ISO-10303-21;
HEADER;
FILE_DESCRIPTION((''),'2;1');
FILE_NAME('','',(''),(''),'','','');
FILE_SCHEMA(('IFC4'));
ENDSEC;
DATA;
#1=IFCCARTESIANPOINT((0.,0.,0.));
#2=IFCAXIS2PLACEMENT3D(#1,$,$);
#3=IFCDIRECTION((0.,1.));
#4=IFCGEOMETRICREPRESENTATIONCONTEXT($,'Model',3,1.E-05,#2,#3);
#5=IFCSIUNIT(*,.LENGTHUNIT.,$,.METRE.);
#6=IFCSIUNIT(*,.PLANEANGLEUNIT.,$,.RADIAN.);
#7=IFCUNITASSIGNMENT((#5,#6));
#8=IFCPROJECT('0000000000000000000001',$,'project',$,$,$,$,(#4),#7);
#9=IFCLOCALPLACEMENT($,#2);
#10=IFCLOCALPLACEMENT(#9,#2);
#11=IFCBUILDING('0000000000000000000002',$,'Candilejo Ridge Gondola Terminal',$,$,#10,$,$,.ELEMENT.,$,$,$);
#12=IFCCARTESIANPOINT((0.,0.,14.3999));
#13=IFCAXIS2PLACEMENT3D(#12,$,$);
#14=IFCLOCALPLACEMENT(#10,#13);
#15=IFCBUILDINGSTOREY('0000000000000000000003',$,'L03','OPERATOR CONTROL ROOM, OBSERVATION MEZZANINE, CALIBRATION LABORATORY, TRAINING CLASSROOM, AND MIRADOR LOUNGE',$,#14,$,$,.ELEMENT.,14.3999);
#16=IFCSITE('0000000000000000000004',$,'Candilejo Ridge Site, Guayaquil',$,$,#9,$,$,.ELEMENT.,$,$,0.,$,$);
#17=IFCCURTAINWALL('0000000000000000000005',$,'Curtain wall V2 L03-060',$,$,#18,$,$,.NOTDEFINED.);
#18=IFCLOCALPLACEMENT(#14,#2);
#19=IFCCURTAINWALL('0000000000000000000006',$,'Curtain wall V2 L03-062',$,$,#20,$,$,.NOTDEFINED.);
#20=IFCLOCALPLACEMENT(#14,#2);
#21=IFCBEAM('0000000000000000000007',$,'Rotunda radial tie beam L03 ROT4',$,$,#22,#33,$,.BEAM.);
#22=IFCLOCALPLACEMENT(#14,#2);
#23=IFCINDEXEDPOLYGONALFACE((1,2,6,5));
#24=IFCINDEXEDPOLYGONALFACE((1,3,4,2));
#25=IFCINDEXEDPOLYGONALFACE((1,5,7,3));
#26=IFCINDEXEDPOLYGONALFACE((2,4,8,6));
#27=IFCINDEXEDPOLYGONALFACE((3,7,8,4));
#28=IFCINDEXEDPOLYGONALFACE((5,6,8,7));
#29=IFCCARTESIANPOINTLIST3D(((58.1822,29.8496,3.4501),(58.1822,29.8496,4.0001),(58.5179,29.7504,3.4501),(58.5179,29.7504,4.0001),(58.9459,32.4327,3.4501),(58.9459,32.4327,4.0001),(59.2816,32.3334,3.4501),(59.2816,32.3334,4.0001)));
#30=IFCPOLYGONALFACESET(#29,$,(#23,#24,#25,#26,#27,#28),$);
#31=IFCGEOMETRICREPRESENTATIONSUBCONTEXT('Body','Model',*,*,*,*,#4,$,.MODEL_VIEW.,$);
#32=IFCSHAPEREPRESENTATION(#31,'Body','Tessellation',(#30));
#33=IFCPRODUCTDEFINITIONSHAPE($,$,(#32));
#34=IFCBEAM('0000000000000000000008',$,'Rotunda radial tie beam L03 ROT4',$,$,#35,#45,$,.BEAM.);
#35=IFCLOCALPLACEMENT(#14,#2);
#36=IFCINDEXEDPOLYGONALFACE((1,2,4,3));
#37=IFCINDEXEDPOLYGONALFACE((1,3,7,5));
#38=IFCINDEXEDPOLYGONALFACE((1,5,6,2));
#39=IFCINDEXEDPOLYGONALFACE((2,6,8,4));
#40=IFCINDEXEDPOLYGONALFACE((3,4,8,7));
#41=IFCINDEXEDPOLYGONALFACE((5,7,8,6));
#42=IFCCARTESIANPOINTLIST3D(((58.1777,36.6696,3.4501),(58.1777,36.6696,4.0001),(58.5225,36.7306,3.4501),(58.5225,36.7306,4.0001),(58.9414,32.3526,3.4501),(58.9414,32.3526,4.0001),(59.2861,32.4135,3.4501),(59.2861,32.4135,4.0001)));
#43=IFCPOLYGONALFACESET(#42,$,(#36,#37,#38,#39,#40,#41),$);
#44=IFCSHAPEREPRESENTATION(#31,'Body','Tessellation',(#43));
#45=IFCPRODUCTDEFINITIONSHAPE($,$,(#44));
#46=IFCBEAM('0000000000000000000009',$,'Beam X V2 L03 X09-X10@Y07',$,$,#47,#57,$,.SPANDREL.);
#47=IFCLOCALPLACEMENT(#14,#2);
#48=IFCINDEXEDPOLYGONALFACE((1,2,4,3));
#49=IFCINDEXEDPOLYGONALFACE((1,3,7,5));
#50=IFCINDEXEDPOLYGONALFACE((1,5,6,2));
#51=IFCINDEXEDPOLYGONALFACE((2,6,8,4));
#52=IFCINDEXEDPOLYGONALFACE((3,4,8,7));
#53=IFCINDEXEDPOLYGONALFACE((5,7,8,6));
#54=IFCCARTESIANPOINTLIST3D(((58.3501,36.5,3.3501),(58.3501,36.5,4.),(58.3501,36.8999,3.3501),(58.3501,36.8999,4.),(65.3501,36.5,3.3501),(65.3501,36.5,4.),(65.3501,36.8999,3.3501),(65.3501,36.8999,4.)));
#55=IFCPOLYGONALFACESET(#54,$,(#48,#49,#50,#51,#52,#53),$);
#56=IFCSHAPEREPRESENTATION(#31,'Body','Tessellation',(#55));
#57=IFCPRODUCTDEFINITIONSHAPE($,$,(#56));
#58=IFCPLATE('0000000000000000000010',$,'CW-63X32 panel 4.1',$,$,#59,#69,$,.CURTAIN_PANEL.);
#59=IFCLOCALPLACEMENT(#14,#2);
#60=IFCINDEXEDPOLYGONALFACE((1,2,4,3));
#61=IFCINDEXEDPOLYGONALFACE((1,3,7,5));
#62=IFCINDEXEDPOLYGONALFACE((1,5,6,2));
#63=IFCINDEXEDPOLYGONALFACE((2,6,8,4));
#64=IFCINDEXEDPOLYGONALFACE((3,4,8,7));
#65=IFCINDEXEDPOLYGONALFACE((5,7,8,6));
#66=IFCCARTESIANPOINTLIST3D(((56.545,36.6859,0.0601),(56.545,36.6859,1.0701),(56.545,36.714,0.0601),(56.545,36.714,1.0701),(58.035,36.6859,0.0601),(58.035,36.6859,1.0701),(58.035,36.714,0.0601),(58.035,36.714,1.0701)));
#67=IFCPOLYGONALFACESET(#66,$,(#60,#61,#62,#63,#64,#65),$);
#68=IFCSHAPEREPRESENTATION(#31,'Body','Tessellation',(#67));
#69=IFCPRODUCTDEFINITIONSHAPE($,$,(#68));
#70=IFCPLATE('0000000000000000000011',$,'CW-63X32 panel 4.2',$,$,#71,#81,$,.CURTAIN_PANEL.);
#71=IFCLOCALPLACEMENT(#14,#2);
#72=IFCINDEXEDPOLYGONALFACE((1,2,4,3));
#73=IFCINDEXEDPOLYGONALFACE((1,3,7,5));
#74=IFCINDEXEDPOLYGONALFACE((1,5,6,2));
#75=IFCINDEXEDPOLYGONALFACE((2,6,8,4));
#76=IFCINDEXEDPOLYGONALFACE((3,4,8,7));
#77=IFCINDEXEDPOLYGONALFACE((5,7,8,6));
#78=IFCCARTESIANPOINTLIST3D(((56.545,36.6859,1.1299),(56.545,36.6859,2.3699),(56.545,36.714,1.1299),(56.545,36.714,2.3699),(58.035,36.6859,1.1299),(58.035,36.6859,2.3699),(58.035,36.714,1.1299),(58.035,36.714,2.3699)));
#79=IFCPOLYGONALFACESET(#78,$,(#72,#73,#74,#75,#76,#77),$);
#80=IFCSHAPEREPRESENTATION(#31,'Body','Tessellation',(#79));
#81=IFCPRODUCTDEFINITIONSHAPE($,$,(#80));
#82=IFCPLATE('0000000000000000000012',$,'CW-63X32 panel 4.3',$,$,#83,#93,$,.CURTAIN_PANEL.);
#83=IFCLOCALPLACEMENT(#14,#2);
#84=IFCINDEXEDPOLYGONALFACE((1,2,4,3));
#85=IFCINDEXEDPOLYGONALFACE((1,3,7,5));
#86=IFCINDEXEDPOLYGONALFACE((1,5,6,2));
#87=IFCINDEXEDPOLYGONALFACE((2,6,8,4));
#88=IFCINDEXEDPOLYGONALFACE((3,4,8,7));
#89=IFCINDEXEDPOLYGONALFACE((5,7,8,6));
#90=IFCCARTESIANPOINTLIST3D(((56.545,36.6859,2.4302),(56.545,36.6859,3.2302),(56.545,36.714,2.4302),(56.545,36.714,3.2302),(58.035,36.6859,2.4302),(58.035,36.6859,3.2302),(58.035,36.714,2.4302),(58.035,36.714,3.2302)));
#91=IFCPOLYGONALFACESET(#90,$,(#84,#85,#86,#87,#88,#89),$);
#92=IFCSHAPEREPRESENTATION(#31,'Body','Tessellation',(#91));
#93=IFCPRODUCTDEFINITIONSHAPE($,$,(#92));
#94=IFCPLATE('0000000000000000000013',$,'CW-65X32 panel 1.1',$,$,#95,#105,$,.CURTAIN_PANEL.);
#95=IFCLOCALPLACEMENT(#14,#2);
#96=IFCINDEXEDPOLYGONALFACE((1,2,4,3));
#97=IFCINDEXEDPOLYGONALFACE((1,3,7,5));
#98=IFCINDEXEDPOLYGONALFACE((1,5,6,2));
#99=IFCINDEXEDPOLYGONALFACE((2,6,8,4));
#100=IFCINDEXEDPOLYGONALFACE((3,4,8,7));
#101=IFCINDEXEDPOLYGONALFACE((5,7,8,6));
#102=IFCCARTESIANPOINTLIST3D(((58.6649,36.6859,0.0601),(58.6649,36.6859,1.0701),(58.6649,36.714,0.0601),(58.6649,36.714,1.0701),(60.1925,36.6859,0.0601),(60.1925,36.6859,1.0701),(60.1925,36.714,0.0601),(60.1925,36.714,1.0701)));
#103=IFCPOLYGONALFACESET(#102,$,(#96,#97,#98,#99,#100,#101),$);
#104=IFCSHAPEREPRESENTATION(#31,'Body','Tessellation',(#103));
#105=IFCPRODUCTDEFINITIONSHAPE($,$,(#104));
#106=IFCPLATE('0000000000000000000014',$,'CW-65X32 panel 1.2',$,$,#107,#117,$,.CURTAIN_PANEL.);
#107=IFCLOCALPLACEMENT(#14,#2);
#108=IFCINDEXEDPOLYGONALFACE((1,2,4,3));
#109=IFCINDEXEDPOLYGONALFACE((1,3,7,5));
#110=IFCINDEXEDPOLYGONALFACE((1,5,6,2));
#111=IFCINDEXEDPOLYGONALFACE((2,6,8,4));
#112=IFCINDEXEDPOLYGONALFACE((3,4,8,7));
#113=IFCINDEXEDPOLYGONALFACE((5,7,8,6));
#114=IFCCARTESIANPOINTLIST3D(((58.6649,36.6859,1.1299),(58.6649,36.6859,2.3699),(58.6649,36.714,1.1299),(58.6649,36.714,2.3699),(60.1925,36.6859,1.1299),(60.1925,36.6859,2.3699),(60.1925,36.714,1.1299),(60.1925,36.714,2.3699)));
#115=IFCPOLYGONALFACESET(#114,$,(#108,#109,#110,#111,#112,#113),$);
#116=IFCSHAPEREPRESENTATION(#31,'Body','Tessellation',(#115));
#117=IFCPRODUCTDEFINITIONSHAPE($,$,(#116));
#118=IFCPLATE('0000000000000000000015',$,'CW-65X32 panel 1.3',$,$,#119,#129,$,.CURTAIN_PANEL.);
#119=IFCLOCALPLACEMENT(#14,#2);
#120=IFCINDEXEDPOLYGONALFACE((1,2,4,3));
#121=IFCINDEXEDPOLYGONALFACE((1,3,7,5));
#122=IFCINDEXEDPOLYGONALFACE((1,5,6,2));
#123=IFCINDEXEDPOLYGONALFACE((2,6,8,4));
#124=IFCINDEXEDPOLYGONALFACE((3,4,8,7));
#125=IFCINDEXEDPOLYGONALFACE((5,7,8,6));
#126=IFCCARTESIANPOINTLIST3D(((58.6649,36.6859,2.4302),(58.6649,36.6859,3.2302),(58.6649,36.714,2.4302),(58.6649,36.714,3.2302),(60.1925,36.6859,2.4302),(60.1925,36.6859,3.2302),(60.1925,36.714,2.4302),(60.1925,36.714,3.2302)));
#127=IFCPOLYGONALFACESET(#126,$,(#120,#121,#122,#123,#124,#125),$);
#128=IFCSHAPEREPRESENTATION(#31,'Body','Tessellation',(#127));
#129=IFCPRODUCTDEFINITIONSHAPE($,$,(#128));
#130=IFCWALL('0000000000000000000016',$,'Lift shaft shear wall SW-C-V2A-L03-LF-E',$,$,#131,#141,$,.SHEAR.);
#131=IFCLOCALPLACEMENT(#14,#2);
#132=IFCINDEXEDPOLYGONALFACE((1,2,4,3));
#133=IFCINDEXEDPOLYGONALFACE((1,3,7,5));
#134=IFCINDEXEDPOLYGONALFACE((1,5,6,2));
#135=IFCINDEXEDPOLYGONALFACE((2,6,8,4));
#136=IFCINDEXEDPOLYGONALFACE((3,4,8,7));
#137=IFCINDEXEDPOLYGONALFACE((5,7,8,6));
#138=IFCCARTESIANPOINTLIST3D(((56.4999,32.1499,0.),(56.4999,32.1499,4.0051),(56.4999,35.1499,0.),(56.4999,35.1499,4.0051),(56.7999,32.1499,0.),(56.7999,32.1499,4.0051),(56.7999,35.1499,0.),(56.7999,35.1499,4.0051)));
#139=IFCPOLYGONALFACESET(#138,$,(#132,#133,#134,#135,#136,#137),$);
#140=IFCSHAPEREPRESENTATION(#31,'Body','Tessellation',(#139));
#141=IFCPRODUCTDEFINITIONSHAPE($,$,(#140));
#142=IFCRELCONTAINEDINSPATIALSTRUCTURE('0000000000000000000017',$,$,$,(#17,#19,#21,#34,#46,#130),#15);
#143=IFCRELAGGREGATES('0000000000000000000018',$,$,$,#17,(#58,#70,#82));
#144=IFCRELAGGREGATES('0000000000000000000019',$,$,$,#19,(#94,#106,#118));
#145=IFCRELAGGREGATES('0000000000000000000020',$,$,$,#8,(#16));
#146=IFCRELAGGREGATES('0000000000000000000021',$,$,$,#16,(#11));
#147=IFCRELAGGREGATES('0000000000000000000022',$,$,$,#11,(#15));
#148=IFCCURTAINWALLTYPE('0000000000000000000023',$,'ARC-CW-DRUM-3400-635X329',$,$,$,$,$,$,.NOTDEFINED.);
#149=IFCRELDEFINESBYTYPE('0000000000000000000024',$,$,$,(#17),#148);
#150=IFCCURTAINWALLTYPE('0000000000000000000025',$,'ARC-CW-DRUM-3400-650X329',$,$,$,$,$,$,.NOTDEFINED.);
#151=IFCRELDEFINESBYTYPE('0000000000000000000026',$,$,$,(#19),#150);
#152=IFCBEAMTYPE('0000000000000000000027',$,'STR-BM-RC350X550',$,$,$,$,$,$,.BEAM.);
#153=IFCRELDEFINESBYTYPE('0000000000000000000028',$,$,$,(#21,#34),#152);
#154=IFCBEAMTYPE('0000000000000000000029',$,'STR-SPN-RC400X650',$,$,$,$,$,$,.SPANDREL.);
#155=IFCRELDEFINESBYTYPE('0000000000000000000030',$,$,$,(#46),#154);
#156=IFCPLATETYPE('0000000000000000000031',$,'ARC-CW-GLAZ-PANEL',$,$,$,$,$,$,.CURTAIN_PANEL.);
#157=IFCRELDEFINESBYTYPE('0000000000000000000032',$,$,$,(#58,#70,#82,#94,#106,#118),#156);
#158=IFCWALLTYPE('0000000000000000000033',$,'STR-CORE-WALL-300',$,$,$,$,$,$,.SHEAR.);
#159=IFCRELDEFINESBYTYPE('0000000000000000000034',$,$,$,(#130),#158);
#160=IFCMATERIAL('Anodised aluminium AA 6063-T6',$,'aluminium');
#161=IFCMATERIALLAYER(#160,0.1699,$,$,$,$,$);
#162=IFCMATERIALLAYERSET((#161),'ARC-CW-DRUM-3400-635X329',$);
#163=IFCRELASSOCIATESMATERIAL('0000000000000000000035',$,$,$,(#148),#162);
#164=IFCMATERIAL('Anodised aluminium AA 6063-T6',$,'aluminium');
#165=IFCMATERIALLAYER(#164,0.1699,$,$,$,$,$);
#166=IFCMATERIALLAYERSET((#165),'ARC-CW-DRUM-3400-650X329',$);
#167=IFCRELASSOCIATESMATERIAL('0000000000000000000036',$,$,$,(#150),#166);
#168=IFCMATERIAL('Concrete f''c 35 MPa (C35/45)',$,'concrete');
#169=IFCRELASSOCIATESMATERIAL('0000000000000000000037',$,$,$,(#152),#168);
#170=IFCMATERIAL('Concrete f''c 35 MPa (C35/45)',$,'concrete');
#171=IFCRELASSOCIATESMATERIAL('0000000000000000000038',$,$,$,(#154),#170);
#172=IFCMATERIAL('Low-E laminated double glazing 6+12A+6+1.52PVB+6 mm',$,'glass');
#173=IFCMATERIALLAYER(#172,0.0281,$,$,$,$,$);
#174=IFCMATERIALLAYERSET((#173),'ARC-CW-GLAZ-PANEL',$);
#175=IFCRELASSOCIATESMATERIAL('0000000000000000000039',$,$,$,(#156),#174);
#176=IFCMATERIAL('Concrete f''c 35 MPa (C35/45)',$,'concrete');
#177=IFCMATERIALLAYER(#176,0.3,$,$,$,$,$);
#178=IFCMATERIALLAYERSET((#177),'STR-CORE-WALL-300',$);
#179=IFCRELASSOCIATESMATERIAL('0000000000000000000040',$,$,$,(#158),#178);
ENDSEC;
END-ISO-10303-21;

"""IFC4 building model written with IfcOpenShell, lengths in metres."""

from ifc_helpers import new_model, si_unit, direction, frame, frame_2d, origin, origin_2d, place, context, subcontext, project, spatial, rectangle, extrude, material, layer, layer_set, material_profile, profile_set, type_object, element, aggregate, save


model = new_model("IFC4")

# Units and contexts
model_context = context("Model", 3, precision=1e-05, world=origin(), true_north=direction((0.0, 1.0)))
body_context = subcontext(model_context, "Body", "Model", "MODEL_VIEW")
ifc_project = project(units=[si_unit("LENGTHUNIT", "METRE"), si_unit("PLANEANGLEUNIT", "RADIAN")], contexts=[model_context])

# Site, building, storey
site_placement = place(None, origin())
site = spatial("IfcSite", under=ifc_project, at=site_placement, Name="Candilejo Ridge Site, Guayaquil", CompositionType="ELEMENT", RefElevation=0.0)
building_placement = place(site_placement, origin())
building = spatial("IfcBuilding", under=site, at=building_placement, Name="Candilejo Ridge Gondola Terminal", CompositionType="ELEMENT")
storey_placement = place(building_placement, frame((0.0, 0.0, 14.3999)))
storey = spatial("IfcBuildingStorey", under=building, at=storey_placement, Name="L03", Description="OPERATOR CONTROL ROOM, OBSERVATION MEZZANINE, CALIBRATION LABORATORY, TRAINING CLASSROOM, AND MIRADOR LOUNGE", CompositionType="ELEMENT", Elevation=14.3999)

# Curtain wall
ifc_material_1 = material(Name="Anodised aluminium AA 6063-T6", Category="aluminium")
ifc_layer_1 = layer(ifc_material_1, 0.1699)
ifc_layer_set_1 = layer_set([ifc_layer_1], Name="ARC-CW-DRUM-3400-635X329")
curtain_wall_type_1 = type_object("IfcCurtainWallType", Name="ARC-CW-DRUM-3400-635X329", PredefinedType="NOTDEFINED", material=ifc_layer_set_1)
curtain_wall_1_placement = place(storey_placement, origin())
curtain_wall_1 = element("IfcCurtainWall", 1, at=curtain_wall_1_placement, inside=storey, type_object=curtain_wall_type_1, Name="Curtain wall V2 L03-060", PredefinedType="NOTDEFINED")

# Curtain wall
ifc_material_2 = material(Name="Anodised aluminium AA 6063-T6", Category="aluminium")
ifc_layer_2 = layer(ifc_material_2, 0.1699)
ifc_layer_set_2 = layer_set([ifc_layer_2], Name="ARC-CW-DRUM-3400-650X329")
curtain_wall_type_2 = type_object("IfcCurtainWallType", Name="ARC-CW-DRUM-3400-650X329", PredefinedType="NOTDEFINED", material=ifc_layer_set_2)
curtain_wall_2_placement = place(storey_placement, origin())
curtain_wall_2 = element("IfcCurtainWall", 2, at=curtain_wall_2_placement, inside=storey, type_object=curtain_wall_type_2, Name="Curtain wall V2 L03-062", PredefinedType="NOTDEFINED")

# Beams
ifc_material_3 = material(Name="Concrete f'c 35 MPa (C35/45)", Category="concrete")
ifc_material_profile_1 = material_profile(ifc_material_3, rectangle(XDim=0.3501, YDim=0.55, at=origin_2d()))
ifc_profile_set_1 = profile_set([ifc_material_profile_1], Name="Concrete f'c 35 MPa (C35/45)")
beam_type_1 = type_object("IfcBeamType", Name="STR-BM-RC350X550", PredefinedType="BEAM", material=ifc_profile_set_1)
beam_1_placement = place(storey_placement, frame((59.1138, 32.3831, 3.7251), z_axis=(-0.28352, -0.958966, 0.0), x_axis=(0.958966, -0.28352, 0.0)))
element("IfcBeam", 3, at=beam_1_placement, inside=storey, type_object=beam_type_1, Name="Rotunda radial tie beam L03 ROT4", PredefinedType="BEAM", context=body_context, shape_type="SweptSolid", body=[
    extrude(rectangle(XDim=0.3501, YDim=0.55, at=origin_2d()), origin(), (0.0, 0.0, 1.0), 2.6936),
])
beam_2_placement = place(storey_placement, frame((59.1138, 32.3831, 3.7251), z_axis=(-0.174198, 0.984711, 0.0), x_axis=(-0.984711, -0.174198, 0.0)))
element("IfcBeam", 4, at=beam_2_placement, inside=storey, type_object=beam_type_1, Name="Rotunda radial tie beam L03 ROT4", PredefinedType="BEAM", context=body_context, shape_type="SweptSolid", body=[
    extrude(rectangle(XDim=0.3501, YDim=0.55, at=origin_2d()), origin(), (0.0, 0.0, 1.0), 4.384),
])
ifc_material_4 = material(Name="Concrete f'c 35 MPa (C35/45)", Category="concrete")
ifc_material_profile_2 = material_profile(ifc_material_4, rectangle(XDim=0.3999, YDim=0.6499, at=origin_2d()))
ifc_profile_set_2 = profile_set([ifc_material_profile_2], Name="Concrete f'c 35 MPa (C35/45)")
beam_type_2 = type_object("IfcBeamType", Name="STR-SPN-RC400X650", PredefinedType="SPANDREL", material=ifc_profile_set_2)
beam_3_placement = place(storey_placement, frame((58.3501, 36.7, 3.675), z_axis=(1.0, 0.0, 0.0), x_axis=(0.0, 1.0, 0.0)))
element("IfcBeam", 5, at=beam_3_placement, inside=storey, type_object=beam_type_2, Name="Beam X V2 L03 X09-X10@Y07", PredefinedType="SPANDREL", context=body_context, shape_type="SweptSolid", body=[
    extrude(rectangle(XDim=0.3999, YDim=0.6499, at=origin_2d()), origin(), (0.0, 0.0, 1.0), 7.0),
])

# Plates
ifc_material_5 = material(Name="Low-E laminated double glazing 6+12A+6+1.52PVB+6 mm", Category="glass")
ifc_layer_3 = layer(ifc_material_5, 0.0281)
ifc_layer_set_3 = layer_set([ifc_layer_3], Name="ARC-CW-GLAZ-PANEL")
plate_type = type_object("IfcPlateType", Name="ARC-CW-GLAZ-PANEL", PredefinedType="CURTAIN_PANEL", material=ifc_layer_set_3)
plate_1_placement = place(storey_placement, frame((57.29, 36.7, 0.0601), z_axis=(0.0, 0.0, 1.0), x_axis=(1.0, 0.0, 0.0)))
plate_1 = element("IfcPlate", 6, at=plate_1_placement, type_object=plate_type, Name="CW-63X32 panel 4.1", PredefinedType="CURTAIN_PANEL", context=body_context, shape_type="SweptSolid", body=[
    extrude(rectangle(XDim=1.49, YDim=0.0281, at=origin_2d()), origin(), (0.0, 0.0, 1.0), 1.01),
])
plate_2_placement = place(storey_placement, frame((57.29, 36.7, 1.1299), z_axis=(0.0, 0.0, 1.0), x_axis=(1.0, 0.0, 0.0)))
plate_2 = element("IfcPlate", 7, at=plate_2_placement, type_object=plate_type, Name="CW-63X32 panel 4.2", PredefinedType="CURTAIN_PANEL", context=body_context, shape_type="SweptSolid", body=[
    extrude(rectangle(XDim=1.49, YDim=0.0281, at=origin_2d()), origin(), (0.0, 0.0, 1.0), 1.24),
])
plate_3_placement = place(storey_placement, frame((57.29, 36.7, 2.4302), z_axis=(0.0, 0.0, 1.0), x_axis=(1.0, 0.0, 0.0)))
plate_3 = element("IfcPlate", 8, at=plate_3_placement, type_object=plate_type, Name="CW-63X32 panel 4.3", PredefinedType="CURTAIN_PANEL", context=body_context, shape_type="SweptSolid", body=[
    extrude(rectangle(XDim=1.49, YDim=0.0281, at=origin_2d()), origin(), (0.0, 0.0, 1.0), 0.8),
])
aggregate(curtain_wall_1, [plate_1, plate_2, plate_3])
plate_4_placement = place(storey_placement, frame((59.4287, 36.7, 0.0601), z_axis=(0.0, 0.0, 1.0), x_axis=(1.0, 0.0, 0.0)))
plate_4 = element("IfcPlate", 9, at=plate_4_placement, type_object=plate_type, Name="CW-65X32 panel 1.1", PredefinedType="CURTAIN_PANEL", context=body_context, shape_type="SweptSolid", body=[
    extrude(rectangle(XDim=1.5276, YDim=0.0281, at=origin_2d()), origin(), (0.0, 0.0, 1.0), 1.01),
])
plate_5_placement = place(storey_placement, frame((59.4287, 36.7, 1.1299), z_axis=(0.0, 0.0, 1.0), x_axis=(1.0, 0.0, 0.0)))
plate_5 = element("IfcPlate", 10, at=plate_5_placement, type_object=plate_type, Name="CW-65X32 panel 1.2", PredefinedType="CURTAIN_PANEL", context=body_context, shape_type="SweptSolid", body=[
    extrude(rectangle(XDim=1.5276, YDim=0.0281, at=origin_2d()), origin(), (0.0, 0.0, 1.0), 1.24),
])
plate_6_placement = place(storey_placement, frame((59.4287, 36.7, 2.4302), z_axis=(0.0, 0.0, 1.0), x_axis=(1.0, 0.0, 0.0)))
plate_6 = element("IfcPlate", 11, at=plate_6_placement, type_object=plate_type, Name="CW-65X32 panel 1.3", PredefinedType="CURTAIN_PANEL", context=body_context, shape_type="SweptSolid", body=[
    extrude(rectangle(XDim=1.5276, YDim=0.0281, at=origin_2d()), origin(), (0.0, 0.0, 1.0), 0.8),
])
aggregate(curtain_wall_2, [plate_4, plate_5, plate_6])

# Wall
ifc_material_6 = material(Name="Concrete f'c 35 MPa (C35/45)", Category="concrete")
ifc_layer_4 = layer(ifc_material_6, 0.3)
ifc_layer_set_4 = layer_set([ifc_layer_4], Name="STR-CORE-WALL-300")
wall_type = type_object("IfcWallType", Name="STR-CORE-WALL-300", PredefinedType="SHEAR", material=ifc_layer_set_4)
wall_placement = place(storey_placement, frame((56.6499, 32.1499, 0.0), z_axis=(0.0, 0.0, 1.0), x_axis=(0.0, 1.0, 0.0)))
element("IfcWall", 12, at=wall_placement, inside=storey, type_object=wall_type, Name="Lift shaft shear wall SW-C-V2A-L03-LF-E", PredefinedType="SHEAR", context=body_context, shape_type="SweptSolid", body=[
    extrude(rectangle(XDim=3.0, YDim=0.3, at=frame_2d((1.5, 0.0))), origin(), (0.0, 0.0, 1.0), 4.0051),
])

save(model, "model.ifc")
